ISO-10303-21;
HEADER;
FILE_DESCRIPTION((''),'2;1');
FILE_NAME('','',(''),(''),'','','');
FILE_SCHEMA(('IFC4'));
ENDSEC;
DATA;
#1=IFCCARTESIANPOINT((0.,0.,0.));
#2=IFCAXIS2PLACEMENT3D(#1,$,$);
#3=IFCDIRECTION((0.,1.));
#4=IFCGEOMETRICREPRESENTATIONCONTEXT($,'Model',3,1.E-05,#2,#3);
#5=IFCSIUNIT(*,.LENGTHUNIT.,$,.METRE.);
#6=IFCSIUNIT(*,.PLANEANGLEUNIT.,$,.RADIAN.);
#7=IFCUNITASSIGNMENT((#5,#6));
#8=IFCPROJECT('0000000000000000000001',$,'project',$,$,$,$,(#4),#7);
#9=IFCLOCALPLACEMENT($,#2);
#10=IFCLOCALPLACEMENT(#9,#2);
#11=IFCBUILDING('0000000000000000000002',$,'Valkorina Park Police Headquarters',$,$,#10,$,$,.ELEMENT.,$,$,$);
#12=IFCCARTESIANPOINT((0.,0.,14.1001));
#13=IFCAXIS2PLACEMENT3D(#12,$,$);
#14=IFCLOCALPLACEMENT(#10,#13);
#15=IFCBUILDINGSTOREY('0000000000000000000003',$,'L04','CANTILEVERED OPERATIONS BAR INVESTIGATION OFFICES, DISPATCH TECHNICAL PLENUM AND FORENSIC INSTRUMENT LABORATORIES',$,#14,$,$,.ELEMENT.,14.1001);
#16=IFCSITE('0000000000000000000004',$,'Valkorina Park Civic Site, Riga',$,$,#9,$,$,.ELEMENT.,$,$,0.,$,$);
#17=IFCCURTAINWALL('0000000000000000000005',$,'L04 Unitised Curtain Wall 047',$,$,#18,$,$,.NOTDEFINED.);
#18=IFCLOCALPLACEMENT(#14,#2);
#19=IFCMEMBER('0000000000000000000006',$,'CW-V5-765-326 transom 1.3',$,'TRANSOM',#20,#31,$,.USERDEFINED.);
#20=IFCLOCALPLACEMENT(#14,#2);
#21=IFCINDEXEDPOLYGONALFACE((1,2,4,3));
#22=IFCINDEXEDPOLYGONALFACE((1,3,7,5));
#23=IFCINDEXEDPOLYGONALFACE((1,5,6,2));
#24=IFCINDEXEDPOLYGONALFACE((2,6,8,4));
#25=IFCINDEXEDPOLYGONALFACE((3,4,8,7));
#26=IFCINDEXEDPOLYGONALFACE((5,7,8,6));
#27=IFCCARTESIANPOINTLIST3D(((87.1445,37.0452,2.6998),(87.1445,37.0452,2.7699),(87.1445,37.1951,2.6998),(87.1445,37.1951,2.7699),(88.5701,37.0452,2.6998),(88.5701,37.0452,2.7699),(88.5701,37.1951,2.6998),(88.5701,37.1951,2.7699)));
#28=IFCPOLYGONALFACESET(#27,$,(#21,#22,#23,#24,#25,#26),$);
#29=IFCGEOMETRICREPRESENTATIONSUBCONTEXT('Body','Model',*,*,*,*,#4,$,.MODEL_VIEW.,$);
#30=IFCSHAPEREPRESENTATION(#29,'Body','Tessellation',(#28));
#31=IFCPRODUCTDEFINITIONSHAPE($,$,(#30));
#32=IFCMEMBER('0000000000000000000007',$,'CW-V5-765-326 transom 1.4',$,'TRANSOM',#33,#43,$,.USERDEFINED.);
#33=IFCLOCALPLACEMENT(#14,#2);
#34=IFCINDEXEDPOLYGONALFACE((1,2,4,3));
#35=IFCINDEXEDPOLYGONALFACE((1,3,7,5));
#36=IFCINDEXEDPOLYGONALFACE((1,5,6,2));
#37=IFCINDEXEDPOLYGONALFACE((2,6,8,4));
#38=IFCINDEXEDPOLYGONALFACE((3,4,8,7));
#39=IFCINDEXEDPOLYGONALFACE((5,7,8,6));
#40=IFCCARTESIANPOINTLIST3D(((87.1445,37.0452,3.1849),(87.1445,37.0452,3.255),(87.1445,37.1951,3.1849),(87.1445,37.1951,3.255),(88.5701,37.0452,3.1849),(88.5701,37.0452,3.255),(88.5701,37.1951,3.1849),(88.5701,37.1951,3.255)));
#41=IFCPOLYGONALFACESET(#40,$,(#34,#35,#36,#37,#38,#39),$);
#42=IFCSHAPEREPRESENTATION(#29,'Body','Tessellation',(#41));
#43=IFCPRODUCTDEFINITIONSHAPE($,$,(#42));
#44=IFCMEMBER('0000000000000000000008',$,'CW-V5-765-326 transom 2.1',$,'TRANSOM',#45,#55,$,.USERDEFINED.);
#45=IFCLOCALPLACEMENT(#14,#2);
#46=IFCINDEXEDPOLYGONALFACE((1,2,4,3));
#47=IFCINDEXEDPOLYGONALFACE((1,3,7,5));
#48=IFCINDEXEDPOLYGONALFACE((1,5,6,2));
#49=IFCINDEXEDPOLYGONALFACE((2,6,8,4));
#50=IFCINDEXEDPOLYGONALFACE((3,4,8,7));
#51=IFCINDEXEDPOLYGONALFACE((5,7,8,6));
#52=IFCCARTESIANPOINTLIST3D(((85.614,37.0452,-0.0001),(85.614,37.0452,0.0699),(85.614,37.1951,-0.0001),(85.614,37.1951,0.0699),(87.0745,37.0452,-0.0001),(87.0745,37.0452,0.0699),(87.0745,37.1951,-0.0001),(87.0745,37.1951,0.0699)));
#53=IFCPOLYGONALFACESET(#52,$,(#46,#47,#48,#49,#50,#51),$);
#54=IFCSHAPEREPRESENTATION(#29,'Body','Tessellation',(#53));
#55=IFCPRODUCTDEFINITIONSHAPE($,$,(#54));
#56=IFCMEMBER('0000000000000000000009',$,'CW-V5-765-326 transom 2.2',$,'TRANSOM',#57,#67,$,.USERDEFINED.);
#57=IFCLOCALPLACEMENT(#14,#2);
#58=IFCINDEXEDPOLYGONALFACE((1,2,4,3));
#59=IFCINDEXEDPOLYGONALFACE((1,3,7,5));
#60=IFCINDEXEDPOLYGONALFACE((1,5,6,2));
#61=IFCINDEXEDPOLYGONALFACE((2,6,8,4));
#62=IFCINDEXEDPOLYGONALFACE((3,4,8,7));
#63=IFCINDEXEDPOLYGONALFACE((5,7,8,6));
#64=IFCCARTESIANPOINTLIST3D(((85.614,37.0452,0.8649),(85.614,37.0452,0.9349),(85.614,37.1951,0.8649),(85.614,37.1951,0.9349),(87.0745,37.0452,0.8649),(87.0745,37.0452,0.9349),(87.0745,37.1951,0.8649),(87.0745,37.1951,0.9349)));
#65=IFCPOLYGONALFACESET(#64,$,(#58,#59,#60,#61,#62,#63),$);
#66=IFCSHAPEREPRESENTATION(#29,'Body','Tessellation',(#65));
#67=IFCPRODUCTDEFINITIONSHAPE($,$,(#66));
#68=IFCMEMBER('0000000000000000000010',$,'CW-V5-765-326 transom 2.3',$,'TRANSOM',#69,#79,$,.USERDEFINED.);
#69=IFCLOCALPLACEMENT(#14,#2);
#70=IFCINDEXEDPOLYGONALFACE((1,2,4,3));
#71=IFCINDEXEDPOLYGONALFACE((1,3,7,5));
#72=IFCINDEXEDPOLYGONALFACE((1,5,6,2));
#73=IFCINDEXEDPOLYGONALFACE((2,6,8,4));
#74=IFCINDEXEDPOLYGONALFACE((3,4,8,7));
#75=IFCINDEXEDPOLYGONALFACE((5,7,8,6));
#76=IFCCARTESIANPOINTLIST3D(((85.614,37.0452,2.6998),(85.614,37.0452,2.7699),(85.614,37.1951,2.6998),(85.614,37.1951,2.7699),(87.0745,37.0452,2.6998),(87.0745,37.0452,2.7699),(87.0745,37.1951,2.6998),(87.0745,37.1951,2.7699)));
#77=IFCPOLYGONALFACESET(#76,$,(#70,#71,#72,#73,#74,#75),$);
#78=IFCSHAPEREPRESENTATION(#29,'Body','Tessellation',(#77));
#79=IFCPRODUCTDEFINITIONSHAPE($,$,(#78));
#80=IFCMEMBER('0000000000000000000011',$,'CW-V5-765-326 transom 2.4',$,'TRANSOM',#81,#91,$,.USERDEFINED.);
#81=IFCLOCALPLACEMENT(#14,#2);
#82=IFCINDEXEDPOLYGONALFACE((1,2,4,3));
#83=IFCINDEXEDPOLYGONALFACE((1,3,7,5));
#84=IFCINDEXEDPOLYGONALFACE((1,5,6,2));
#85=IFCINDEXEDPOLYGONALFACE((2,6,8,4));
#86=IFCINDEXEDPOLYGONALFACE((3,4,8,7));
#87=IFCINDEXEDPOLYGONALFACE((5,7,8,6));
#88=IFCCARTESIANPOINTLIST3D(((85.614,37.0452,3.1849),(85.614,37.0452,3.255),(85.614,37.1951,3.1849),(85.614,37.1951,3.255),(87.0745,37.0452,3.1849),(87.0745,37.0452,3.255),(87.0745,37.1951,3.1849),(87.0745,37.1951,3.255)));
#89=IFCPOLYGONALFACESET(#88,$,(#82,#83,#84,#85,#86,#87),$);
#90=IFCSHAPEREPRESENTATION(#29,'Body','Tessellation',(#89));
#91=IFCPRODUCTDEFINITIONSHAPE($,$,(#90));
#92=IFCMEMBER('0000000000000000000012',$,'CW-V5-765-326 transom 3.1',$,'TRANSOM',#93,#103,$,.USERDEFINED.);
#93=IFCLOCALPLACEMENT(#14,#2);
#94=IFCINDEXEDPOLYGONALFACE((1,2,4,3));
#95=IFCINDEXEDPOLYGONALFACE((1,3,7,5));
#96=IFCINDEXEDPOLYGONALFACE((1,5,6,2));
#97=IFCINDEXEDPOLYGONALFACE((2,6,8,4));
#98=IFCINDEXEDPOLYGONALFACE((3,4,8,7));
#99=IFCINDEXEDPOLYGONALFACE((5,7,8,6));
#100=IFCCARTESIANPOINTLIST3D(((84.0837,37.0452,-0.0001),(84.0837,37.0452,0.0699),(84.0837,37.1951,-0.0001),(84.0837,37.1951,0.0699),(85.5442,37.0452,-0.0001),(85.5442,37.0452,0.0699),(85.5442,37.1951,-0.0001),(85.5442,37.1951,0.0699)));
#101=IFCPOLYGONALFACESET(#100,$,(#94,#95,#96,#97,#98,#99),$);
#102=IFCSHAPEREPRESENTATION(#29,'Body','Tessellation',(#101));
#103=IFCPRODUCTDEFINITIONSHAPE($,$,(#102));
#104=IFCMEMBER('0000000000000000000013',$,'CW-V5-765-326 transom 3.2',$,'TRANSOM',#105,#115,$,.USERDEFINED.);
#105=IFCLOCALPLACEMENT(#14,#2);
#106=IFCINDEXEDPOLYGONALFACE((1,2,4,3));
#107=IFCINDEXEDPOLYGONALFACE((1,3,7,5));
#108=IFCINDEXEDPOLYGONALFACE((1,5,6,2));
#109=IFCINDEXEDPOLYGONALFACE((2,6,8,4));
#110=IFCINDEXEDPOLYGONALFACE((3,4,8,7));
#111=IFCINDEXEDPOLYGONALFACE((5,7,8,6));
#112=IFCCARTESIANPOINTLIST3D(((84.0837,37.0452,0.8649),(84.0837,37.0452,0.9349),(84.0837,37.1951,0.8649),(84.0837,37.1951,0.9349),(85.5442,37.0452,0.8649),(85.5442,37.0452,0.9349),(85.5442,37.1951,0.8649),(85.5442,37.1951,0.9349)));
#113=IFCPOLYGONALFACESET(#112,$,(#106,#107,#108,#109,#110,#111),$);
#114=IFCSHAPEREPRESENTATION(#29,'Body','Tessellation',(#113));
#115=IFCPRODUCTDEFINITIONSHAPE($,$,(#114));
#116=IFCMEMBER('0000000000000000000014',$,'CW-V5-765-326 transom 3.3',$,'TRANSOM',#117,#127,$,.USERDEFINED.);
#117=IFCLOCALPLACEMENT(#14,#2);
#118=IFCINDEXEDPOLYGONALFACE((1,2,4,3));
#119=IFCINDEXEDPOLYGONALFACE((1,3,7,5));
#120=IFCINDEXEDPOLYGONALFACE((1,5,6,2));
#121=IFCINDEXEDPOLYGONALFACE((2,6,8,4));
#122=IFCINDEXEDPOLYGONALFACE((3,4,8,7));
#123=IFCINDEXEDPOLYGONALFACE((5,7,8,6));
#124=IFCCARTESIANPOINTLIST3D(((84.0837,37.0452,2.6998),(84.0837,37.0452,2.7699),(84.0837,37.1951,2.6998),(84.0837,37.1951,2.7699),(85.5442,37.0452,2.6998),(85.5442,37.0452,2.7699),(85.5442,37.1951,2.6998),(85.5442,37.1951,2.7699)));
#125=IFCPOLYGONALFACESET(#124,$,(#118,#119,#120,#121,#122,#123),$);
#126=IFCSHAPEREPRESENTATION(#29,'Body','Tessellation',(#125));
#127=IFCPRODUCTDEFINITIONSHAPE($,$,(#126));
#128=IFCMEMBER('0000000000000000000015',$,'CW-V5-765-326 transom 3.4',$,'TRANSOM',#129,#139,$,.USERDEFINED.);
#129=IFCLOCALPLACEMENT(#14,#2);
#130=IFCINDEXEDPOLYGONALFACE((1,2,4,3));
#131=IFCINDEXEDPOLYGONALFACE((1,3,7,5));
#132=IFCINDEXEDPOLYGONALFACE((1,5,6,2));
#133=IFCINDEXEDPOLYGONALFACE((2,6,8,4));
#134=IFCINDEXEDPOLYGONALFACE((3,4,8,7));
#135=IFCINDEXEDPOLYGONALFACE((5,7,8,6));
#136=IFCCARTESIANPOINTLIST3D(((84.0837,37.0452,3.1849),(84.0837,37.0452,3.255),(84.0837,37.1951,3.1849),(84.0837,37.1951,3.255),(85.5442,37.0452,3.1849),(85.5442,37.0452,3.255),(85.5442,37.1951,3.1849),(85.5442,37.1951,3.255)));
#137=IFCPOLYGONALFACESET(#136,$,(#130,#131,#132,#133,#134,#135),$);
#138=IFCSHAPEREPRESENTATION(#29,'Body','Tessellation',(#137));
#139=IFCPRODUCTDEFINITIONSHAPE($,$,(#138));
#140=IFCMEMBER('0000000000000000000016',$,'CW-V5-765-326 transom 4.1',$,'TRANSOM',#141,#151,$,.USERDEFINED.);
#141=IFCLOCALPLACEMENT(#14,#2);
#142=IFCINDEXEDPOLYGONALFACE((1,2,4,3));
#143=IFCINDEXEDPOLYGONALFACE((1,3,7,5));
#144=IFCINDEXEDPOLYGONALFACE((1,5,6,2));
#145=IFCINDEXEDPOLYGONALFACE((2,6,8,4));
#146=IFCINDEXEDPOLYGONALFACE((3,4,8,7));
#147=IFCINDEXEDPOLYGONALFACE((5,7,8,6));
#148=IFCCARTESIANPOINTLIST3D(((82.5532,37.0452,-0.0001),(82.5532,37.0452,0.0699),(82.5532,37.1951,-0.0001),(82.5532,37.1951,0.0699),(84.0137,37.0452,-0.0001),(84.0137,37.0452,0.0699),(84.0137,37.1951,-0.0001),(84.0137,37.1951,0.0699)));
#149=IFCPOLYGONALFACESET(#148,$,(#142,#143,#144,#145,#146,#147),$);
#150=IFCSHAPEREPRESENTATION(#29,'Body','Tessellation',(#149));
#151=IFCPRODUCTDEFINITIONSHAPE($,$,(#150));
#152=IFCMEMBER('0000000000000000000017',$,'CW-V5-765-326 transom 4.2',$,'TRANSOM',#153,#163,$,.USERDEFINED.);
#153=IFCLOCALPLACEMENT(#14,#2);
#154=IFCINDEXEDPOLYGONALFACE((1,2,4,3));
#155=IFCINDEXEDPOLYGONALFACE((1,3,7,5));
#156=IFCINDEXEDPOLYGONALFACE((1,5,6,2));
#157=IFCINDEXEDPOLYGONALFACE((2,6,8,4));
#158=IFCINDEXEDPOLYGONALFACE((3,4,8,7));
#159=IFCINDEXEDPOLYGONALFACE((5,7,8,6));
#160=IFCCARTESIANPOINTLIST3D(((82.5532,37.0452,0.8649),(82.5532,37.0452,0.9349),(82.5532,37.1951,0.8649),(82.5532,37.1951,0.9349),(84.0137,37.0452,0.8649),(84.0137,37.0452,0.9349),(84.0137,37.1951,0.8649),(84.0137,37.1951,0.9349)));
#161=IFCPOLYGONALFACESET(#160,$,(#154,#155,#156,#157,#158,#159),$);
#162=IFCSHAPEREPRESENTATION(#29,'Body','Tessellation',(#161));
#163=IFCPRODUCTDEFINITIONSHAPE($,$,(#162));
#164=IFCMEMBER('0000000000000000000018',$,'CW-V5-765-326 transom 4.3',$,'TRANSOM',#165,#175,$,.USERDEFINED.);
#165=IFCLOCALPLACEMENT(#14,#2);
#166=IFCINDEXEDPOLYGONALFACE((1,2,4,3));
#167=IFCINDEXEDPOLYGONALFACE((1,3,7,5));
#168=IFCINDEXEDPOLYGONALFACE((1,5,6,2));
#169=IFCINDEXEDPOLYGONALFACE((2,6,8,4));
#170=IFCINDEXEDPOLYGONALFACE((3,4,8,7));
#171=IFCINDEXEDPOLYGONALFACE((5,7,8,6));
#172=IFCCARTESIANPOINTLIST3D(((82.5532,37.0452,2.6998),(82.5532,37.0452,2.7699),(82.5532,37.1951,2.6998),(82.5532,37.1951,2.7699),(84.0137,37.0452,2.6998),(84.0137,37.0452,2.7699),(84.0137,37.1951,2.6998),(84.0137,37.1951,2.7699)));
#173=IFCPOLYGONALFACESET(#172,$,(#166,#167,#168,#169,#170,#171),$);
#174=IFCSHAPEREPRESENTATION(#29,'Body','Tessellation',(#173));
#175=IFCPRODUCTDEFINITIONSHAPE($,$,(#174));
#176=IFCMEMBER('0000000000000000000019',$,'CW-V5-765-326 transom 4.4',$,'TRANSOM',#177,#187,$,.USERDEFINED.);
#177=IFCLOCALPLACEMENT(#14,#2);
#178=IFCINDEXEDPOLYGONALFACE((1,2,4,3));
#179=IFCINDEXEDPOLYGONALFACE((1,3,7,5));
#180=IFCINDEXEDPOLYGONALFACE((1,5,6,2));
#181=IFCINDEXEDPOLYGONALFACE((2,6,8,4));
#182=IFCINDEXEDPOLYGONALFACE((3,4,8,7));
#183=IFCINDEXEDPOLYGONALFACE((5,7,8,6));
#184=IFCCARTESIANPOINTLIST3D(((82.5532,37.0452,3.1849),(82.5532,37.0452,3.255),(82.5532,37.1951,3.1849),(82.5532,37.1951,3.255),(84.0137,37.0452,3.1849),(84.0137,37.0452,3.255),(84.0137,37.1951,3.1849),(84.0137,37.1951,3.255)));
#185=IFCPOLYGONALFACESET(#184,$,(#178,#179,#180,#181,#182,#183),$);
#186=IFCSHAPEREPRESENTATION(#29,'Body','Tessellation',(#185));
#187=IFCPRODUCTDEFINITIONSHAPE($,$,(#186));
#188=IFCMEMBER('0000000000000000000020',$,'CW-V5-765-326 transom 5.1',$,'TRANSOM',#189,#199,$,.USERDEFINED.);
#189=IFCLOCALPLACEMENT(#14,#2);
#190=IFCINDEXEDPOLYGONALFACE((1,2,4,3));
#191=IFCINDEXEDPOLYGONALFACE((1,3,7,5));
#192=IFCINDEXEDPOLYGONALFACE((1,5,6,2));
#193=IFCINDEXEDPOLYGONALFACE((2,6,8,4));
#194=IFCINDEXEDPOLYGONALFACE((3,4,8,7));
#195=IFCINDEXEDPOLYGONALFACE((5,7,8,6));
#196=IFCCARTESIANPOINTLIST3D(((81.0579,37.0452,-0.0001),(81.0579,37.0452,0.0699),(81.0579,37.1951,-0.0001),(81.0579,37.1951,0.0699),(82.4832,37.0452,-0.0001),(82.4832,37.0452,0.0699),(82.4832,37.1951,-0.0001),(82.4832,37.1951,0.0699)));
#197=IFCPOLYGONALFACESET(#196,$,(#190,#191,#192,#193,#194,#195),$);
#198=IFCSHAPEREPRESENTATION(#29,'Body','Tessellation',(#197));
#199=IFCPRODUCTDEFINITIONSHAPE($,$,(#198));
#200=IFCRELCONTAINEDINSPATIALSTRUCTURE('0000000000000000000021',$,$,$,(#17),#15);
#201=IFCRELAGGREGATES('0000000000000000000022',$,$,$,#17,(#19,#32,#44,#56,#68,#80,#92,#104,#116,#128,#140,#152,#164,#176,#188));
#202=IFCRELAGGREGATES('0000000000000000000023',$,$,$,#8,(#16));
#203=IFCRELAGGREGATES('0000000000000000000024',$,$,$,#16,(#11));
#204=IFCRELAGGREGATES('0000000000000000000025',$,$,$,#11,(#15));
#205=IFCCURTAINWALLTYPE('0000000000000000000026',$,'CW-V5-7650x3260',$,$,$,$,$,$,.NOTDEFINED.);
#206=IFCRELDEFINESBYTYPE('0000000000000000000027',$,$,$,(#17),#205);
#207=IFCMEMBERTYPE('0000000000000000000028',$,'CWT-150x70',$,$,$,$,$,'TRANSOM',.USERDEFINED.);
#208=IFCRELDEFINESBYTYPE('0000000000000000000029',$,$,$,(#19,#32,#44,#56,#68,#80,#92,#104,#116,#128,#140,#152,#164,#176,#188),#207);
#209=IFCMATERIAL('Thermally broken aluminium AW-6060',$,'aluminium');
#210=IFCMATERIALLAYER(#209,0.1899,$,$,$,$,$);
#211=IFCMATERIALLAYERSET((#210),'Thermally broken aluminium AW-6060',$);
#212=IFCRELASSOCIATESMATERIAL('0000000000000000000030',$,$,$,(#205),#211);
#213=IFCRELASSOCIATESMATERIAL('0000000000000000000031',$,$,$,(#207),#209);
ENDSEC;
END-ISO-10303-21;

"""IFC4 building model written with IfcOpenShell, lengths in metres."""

from ifc_helpers import new_model, si_unit, direction, frame, origin, origin_2d, place, context, subcontext, project, spatial, rectangle, extrude, material, layer, layer_set, material_profile, profile_set, type_object, element, aggregate, save


model = new_model("IFC4")

# Units and contexts
model_context = context("Model", 3, precision=1e-05, world=origin(), true_north=direction((0.0, 1.0)))
body_context = subcontext(model_context, "Body", "Model", "MODEL_VIEW")
ifc_project = project(units=[si_unit("LENGTHUNIT", "METRE"), si_unit("PLANEANGLEUNIT", "RADIAN")], contexts=[model_context])

# Site, building, storey
site_placement = place(None, origin())
site = spatial("IfcSite", under=ifc_project, at=site_placement, Name="Valkorina Park Civic Site, Riga", CompositionType="ELEMENT", RefElevation=0.0)
building_placement = place(site_placement, origin())
building = spatial("IfcBuilding", under=site, at=building_placement, Name="Valkorina Park Police Headquarters", CompositionType="ELEMENT")
storey_placement = place(building_placement, frame((0.0, 0.0, 14.1001)))
storey = spatial("IfcBuildingStorey", under=building, at=storey_placement, Name="L04", Description="CANTILEVERED OPERATIONS BAR INVESTIGATION OFFICES, DISPATCH TECHNICAL PLENUM AND FORENSIC INSTRUMENT LABORATORIES", CompositionType="ELEMENT", Elevation=14.1001)

# Curtain wall, members
ifc_material_1 = material(Name="Thermally broken aluminium AW-6060", Category="aluminium")
ifc_layer_1 = layer(ifc_material_1, 0.1899)
ifc_layer_set_1 = layer_set([ifc_layer_1], Name="Thermally broken aluminium AW-6060")
curtain_wall_type = type_object("IfcCurtainWallType", Name="CW-V5-7650x3260", PredefinedType="NOTDEFINED", material=ifc_layer_set_1)
curtain_wall_placement = place(storey_placement, origin())
curtain_wall = element("IfcCurtainWall", 1, at=curtain_wall_placement, inside=storey, type_object=curtain_wall_type, Name="L04 Unitised Curtain Wall 047", PredefinedType="NOTDEFINED")
ifc_material_profile_1 = material_profile(ifc_material_1, rectangle(XDim=0.1499, YDim=0.0701, at=origin_2d()), Name="CWT-02 150x70")
ifc_profile_set_1 = profile_set([ifc_material_profile_1], Name="Thermally broken aluminium AW-6060")
member_type_1 = type_object("IfcMemberType", Name="CWT-150x70", ElementType="TRANSOM", PredefinedType="USERDEFINED", material=ifc_profile_set_1)
member_1_placement = place(storey_placement, frame((88.5701, 37.1201, 2.7349), z_axis=(-1.0, 0.0, 0.0), x_axis=(0.0, -1.0, 0.0)))
member_1 = element("IfcMember", 2, at=member_1_placement, type_object=member_type_1, Name="CW-V5-765-326 transom 1.3", ObjectType="TRANSOM", PredefinedType="USERDEFINED", context=body_context, shape_type="SweptSolid", body=[
    extrude(rectangle(XDim=0.1499, YDim=0.0701, at=origin_2d()), origin(), (0.0, 0.0, 1.0), 1.4255),
])
member_2_placement = place(storey_placement, frame((88.5701, 37.1201, 3.22), z_axis=(-1.0, 0.0, 0.0), x_axis=(0.0, -1.0, 0.0)))
member_2 = element("IfcMember", 3, at=member_2_placement, type_object=member_type_1, Name="CW-V5-765-326 transom 1.4", ObjectType="TRANSOM", PredefinedType="USERDEFINED", context=body_context, shape_type="SweptSolid", body=[
    extrude(rectangle(XDim=0.1499, YDim=0.0701, at=origin_2d()), origin(), (0.0, 0.0, 1.0), 1.4255),
])
member_3_placement = place(storey_placement, frame((87.0745, 37.1201, 0.0349), z_axis=(-1.0, 0.0, 0.0), x_axis=(0.0, -1.0, 0.0)))
member_3 = element("IfcMember", 4, at=member_3_placement, type_object=member_type_1, Name="CW-V5-765-326 transom 2.1", ObjectType="TRANSOM", PredefinedType="USERDEFINED", context=body_context, shape_type="SweptSolid", body=[
    extrude(rectangle(XDim=0.1499, YDim=0.0701, at=origin_2d()), origin(), (0.0, 0.0, 1.0), 1.4604),
])
member_4_placement = place(storey_placement, frame((87.0745, 37.1201, 0.8999), z_axis=(-1.0, 0.0, 0.0), x_axis=(0.0, -1.0, 0.0)))
member_4 = element("IfcMember", 5, at=member_4_placement, type_object=member_type_1, Name="CW-V5-765-326 transom 2.2", ObjectType="TRANSOM", PredefinedType="USERDEFINED", context=body_context, shape_type="SweptSolid", body=[
    extrude(rectangle(XDim=0.1499, YDim=0.0701, at=origin_2d()), origin(), (0.0, 0.0, 1.0), 1.4604),
])
member_5_placement = place(storey_placement, frame((87.0745, 37.1201, 2.7349), z_axis=(-1.0, 0.0, 0.0), x_axis=(0.0, -1.0, 0.0)))
member_5 = element("IfcMember", 6, at=member_5_placement, type_object=member_type_1, Name="CW-V5-765-326 transom 2.3", ObjectType="TRANSOM", PredefinedType="USERDEFINED", context=body_context, shape_type="SweptSolid", body=[
    extrude(rectangle(XDim=0.1499, YDim=0.0701, at=origin_2d()), origin(), (0.0, 0.0, 1.0), 1.4604),
])
member_6_placement = place(storey_placement, frame((87.0745, 37.1201, 3.22), z_axis=(-1.0, 0.0, 0.0), x_axis=(0.0, -1.0, 0.0)))
member_6 = element("IfcMember", 7, at=member_6_placement, type_object=member_type_1, Name="CW-V5-765-326 transom 2.4", ObjectType="TRANSOM", PredefinedType="USERDEFINED", context=body_context, shape_type="SweptSolid", body=[
    extrude(rectangle(XDim=0.1499, YDim=0.0701, at=origin_2d()), origin(), (0.0, 0.0, 1.0), 1.4604),
])
member_7_placement = place(storey_placement, frame((85.5442, 37.1201, 0.0349), z_axis=(-1.0, 0.0, 0.0), x_axis=(0.0, -1.0, 0.0)))
member_7 = element("IfcMember", 8, at=member_7_placement, type_object=member_type_1, Name="CW-V5-765-326 transom 3.1", ObjectType="TRANSOM", PredefinedType="USERDEFINED", context=body_context, shape_type="SweptSolid", body=[
    extrude(rectangle(XDim=0.1499, YDim=0.0701, at=origin_2d()), origin(), (0.0, 0.0, 1.0), 1.4604),
])
member_8_placement = place(storey_placement, frame((85.5442, 37.1201, 0.8999), z_axis=(-1.0, 0.0, 0.0), x_axis=(0.0, -1.0, 0.0)))
member_8 = element("IfcMember", 9, at=member_8_placement, type_object=member_type_1, Name="CW-V5-765-326 transom 3.2", ObjectType="TRANSOM", PredefinedType="USERDEFINED", context=body_context, shape_type="SweptSolid", body=[
    extrude(rectangle(XDim=0.1499, YDim=0.0701, at=origin_2d()), origin(), (0.0, 0.0, 1.0), 1.4604),
])
member_9_placement = place(storey_placement, frame((85.5442, 37.1201, 2.7349), z_axis=(-1.0, 0.0, 0.0), x_axis=(0.0, -1.0, 0.0)))
member_9 = element("IfcMember", 10, at=member_9_placement, type_object=member_type_1, Name="CW-V5-765-326 transom 3.3", ObjectType="TRANSOM", PredefinedType="USERDEFINED", context=body_context, shape_type="SweptSolid", body=[
    extrude(rectangle(XDim=0.1499, YDim=0.0701, at=origin_2d()), origin(), (0.0, 0.0, 1.0), 1.4604),
])
member_10_placement = place(storey_placement, frame((85.5442, 37.1201, 3.22), z_axis=(-1.0, 0.0, 0.0), x_axis=(0.0, -1.0, 0.0)))
member_10 = element("IfcMember", 11, at=member_10_placement, type_object=member_type_1, Name="CW-V5-765-326 transom 3.4", ObjectType="TRANSOM", PredefinedType="USERDEFINED", context=body_context, shape_type="SweptSolid", body=[
    extrude(rectangle(XDim=0.1499, YDim=0.0701, at=origin_2d()), origin(), (0.0, 0.0, 1.0), 1.4604),
])
member_11_placement = place(storey_placement, frame((84.0137, 37.1201, 0.0349), z_axis=(-1.0, 0.0, 0.0), x_axis=(0.0, -1.0, 0.0)))
member_11 = element("IfcMember", 12, at=member_11_placement, type_object=member_type_1, Name="CW-V5-765-326 transom 4.1", ObjectType="TRANSOM", PredefinedType="USERDEFINED", context=body_context, shape_type="SweptSolid", body=[
    extrude(rectangle(XDim=0.1499, YDim=0.0701, at=origin_2d()), origin(), (0.0, 0.0, 1.0), 1.4604),
])
member_12_placement = place(storey_placement, frame((84.0137, 37.1201, 0.8999), z_axis=(-1.0, 0.0, 0.0), x_axis=(0.0, -1.0, 0.0)))
member_12 = element("IfcMember", 13, at=member_12_placement, type_object=member_type_1, Name="CW-V5-765-326 transom 4.2", ObjectType="TRANSOM", PredefinedType="USERDEFINED", context=body_context, shape_type="SweptSolid", body=[
    extrude(rectangle(XDim=0.1499, YDim=0.0701, at=origin_2d()), origin(), (0.0, 0.0, 1.0), 1.4604),
])
member_13_placement = place(storey_placement, frame((84.0137, 37.1201, 2.7349), z_axis=(-1.0, 0.0, 0.0), x_axis=(0.0, -1.0, 0.0)))
member_13 = element("IfcMember", 14, at=member_13_placement, type_object=member_type_1, Name="CW-V5-765-326 transom 4.3", ObjectType="TRANSOM", PredefinedType="USERDEFINED", context=body_context, shape_type="SweptSolid", body=[
    extrude(rectangle(XDim=0.1499, YDim=0.0701, at=origin_2d()), origin(), (0.0, 0.0, 1.0), 1.4604),
])
member_14_placement = place(storey_placement, frame((84.0137, 37.1201, 3.22), z_axis=(-1.0, 0.0, 0.0), x_axis=(0.0, -1.0, 0.0)))
member_14 = element("IfcMember", 15, at=member_14_placement, type_object=member_type_1, Name="CW-V5-765-326 transom 4.4", ObjectType="TRANSOM", PredefinedType="USERDEFINED", context=body_context, shape_type="SweptSolid", body=[
    extrude(rectangle(XDim=0.1499, YDim=0.0701, at=origin_2d()), origin(), (0.0, 0.0, 1.0), 1.4604),
])
member_15_placement = place(storey_placement, frame((82.4832, 37.1201, 0.0349), z_axis=(-1.0, 0.0, 0.0), x_axis=(0.0, -1.0, 0.0)))
member_15 = element("IfcMember", 16, at=member_15_placement, type_object=member_type_1, Name="CW-V5-765-326 transom 5.1", ObjectType="TRANSOM", PredefinedType="USERDEFINED", context=body_context, shape_type="SweptSolid", body=[
    extrude(rectangle(XDim=0.1499, YDim=0.0701, at=origin_2d()), origin(), (0.0, 0.0, 1.0), 1.4253),
])
aggregate(curtain_wall, [member_1, member_2, member_3, member_4, member_5, member_6, member_7, member_8, member_9, member_10, member_11, member_12, member_13, member_14, member_15])

save(model, "model.ifc")
